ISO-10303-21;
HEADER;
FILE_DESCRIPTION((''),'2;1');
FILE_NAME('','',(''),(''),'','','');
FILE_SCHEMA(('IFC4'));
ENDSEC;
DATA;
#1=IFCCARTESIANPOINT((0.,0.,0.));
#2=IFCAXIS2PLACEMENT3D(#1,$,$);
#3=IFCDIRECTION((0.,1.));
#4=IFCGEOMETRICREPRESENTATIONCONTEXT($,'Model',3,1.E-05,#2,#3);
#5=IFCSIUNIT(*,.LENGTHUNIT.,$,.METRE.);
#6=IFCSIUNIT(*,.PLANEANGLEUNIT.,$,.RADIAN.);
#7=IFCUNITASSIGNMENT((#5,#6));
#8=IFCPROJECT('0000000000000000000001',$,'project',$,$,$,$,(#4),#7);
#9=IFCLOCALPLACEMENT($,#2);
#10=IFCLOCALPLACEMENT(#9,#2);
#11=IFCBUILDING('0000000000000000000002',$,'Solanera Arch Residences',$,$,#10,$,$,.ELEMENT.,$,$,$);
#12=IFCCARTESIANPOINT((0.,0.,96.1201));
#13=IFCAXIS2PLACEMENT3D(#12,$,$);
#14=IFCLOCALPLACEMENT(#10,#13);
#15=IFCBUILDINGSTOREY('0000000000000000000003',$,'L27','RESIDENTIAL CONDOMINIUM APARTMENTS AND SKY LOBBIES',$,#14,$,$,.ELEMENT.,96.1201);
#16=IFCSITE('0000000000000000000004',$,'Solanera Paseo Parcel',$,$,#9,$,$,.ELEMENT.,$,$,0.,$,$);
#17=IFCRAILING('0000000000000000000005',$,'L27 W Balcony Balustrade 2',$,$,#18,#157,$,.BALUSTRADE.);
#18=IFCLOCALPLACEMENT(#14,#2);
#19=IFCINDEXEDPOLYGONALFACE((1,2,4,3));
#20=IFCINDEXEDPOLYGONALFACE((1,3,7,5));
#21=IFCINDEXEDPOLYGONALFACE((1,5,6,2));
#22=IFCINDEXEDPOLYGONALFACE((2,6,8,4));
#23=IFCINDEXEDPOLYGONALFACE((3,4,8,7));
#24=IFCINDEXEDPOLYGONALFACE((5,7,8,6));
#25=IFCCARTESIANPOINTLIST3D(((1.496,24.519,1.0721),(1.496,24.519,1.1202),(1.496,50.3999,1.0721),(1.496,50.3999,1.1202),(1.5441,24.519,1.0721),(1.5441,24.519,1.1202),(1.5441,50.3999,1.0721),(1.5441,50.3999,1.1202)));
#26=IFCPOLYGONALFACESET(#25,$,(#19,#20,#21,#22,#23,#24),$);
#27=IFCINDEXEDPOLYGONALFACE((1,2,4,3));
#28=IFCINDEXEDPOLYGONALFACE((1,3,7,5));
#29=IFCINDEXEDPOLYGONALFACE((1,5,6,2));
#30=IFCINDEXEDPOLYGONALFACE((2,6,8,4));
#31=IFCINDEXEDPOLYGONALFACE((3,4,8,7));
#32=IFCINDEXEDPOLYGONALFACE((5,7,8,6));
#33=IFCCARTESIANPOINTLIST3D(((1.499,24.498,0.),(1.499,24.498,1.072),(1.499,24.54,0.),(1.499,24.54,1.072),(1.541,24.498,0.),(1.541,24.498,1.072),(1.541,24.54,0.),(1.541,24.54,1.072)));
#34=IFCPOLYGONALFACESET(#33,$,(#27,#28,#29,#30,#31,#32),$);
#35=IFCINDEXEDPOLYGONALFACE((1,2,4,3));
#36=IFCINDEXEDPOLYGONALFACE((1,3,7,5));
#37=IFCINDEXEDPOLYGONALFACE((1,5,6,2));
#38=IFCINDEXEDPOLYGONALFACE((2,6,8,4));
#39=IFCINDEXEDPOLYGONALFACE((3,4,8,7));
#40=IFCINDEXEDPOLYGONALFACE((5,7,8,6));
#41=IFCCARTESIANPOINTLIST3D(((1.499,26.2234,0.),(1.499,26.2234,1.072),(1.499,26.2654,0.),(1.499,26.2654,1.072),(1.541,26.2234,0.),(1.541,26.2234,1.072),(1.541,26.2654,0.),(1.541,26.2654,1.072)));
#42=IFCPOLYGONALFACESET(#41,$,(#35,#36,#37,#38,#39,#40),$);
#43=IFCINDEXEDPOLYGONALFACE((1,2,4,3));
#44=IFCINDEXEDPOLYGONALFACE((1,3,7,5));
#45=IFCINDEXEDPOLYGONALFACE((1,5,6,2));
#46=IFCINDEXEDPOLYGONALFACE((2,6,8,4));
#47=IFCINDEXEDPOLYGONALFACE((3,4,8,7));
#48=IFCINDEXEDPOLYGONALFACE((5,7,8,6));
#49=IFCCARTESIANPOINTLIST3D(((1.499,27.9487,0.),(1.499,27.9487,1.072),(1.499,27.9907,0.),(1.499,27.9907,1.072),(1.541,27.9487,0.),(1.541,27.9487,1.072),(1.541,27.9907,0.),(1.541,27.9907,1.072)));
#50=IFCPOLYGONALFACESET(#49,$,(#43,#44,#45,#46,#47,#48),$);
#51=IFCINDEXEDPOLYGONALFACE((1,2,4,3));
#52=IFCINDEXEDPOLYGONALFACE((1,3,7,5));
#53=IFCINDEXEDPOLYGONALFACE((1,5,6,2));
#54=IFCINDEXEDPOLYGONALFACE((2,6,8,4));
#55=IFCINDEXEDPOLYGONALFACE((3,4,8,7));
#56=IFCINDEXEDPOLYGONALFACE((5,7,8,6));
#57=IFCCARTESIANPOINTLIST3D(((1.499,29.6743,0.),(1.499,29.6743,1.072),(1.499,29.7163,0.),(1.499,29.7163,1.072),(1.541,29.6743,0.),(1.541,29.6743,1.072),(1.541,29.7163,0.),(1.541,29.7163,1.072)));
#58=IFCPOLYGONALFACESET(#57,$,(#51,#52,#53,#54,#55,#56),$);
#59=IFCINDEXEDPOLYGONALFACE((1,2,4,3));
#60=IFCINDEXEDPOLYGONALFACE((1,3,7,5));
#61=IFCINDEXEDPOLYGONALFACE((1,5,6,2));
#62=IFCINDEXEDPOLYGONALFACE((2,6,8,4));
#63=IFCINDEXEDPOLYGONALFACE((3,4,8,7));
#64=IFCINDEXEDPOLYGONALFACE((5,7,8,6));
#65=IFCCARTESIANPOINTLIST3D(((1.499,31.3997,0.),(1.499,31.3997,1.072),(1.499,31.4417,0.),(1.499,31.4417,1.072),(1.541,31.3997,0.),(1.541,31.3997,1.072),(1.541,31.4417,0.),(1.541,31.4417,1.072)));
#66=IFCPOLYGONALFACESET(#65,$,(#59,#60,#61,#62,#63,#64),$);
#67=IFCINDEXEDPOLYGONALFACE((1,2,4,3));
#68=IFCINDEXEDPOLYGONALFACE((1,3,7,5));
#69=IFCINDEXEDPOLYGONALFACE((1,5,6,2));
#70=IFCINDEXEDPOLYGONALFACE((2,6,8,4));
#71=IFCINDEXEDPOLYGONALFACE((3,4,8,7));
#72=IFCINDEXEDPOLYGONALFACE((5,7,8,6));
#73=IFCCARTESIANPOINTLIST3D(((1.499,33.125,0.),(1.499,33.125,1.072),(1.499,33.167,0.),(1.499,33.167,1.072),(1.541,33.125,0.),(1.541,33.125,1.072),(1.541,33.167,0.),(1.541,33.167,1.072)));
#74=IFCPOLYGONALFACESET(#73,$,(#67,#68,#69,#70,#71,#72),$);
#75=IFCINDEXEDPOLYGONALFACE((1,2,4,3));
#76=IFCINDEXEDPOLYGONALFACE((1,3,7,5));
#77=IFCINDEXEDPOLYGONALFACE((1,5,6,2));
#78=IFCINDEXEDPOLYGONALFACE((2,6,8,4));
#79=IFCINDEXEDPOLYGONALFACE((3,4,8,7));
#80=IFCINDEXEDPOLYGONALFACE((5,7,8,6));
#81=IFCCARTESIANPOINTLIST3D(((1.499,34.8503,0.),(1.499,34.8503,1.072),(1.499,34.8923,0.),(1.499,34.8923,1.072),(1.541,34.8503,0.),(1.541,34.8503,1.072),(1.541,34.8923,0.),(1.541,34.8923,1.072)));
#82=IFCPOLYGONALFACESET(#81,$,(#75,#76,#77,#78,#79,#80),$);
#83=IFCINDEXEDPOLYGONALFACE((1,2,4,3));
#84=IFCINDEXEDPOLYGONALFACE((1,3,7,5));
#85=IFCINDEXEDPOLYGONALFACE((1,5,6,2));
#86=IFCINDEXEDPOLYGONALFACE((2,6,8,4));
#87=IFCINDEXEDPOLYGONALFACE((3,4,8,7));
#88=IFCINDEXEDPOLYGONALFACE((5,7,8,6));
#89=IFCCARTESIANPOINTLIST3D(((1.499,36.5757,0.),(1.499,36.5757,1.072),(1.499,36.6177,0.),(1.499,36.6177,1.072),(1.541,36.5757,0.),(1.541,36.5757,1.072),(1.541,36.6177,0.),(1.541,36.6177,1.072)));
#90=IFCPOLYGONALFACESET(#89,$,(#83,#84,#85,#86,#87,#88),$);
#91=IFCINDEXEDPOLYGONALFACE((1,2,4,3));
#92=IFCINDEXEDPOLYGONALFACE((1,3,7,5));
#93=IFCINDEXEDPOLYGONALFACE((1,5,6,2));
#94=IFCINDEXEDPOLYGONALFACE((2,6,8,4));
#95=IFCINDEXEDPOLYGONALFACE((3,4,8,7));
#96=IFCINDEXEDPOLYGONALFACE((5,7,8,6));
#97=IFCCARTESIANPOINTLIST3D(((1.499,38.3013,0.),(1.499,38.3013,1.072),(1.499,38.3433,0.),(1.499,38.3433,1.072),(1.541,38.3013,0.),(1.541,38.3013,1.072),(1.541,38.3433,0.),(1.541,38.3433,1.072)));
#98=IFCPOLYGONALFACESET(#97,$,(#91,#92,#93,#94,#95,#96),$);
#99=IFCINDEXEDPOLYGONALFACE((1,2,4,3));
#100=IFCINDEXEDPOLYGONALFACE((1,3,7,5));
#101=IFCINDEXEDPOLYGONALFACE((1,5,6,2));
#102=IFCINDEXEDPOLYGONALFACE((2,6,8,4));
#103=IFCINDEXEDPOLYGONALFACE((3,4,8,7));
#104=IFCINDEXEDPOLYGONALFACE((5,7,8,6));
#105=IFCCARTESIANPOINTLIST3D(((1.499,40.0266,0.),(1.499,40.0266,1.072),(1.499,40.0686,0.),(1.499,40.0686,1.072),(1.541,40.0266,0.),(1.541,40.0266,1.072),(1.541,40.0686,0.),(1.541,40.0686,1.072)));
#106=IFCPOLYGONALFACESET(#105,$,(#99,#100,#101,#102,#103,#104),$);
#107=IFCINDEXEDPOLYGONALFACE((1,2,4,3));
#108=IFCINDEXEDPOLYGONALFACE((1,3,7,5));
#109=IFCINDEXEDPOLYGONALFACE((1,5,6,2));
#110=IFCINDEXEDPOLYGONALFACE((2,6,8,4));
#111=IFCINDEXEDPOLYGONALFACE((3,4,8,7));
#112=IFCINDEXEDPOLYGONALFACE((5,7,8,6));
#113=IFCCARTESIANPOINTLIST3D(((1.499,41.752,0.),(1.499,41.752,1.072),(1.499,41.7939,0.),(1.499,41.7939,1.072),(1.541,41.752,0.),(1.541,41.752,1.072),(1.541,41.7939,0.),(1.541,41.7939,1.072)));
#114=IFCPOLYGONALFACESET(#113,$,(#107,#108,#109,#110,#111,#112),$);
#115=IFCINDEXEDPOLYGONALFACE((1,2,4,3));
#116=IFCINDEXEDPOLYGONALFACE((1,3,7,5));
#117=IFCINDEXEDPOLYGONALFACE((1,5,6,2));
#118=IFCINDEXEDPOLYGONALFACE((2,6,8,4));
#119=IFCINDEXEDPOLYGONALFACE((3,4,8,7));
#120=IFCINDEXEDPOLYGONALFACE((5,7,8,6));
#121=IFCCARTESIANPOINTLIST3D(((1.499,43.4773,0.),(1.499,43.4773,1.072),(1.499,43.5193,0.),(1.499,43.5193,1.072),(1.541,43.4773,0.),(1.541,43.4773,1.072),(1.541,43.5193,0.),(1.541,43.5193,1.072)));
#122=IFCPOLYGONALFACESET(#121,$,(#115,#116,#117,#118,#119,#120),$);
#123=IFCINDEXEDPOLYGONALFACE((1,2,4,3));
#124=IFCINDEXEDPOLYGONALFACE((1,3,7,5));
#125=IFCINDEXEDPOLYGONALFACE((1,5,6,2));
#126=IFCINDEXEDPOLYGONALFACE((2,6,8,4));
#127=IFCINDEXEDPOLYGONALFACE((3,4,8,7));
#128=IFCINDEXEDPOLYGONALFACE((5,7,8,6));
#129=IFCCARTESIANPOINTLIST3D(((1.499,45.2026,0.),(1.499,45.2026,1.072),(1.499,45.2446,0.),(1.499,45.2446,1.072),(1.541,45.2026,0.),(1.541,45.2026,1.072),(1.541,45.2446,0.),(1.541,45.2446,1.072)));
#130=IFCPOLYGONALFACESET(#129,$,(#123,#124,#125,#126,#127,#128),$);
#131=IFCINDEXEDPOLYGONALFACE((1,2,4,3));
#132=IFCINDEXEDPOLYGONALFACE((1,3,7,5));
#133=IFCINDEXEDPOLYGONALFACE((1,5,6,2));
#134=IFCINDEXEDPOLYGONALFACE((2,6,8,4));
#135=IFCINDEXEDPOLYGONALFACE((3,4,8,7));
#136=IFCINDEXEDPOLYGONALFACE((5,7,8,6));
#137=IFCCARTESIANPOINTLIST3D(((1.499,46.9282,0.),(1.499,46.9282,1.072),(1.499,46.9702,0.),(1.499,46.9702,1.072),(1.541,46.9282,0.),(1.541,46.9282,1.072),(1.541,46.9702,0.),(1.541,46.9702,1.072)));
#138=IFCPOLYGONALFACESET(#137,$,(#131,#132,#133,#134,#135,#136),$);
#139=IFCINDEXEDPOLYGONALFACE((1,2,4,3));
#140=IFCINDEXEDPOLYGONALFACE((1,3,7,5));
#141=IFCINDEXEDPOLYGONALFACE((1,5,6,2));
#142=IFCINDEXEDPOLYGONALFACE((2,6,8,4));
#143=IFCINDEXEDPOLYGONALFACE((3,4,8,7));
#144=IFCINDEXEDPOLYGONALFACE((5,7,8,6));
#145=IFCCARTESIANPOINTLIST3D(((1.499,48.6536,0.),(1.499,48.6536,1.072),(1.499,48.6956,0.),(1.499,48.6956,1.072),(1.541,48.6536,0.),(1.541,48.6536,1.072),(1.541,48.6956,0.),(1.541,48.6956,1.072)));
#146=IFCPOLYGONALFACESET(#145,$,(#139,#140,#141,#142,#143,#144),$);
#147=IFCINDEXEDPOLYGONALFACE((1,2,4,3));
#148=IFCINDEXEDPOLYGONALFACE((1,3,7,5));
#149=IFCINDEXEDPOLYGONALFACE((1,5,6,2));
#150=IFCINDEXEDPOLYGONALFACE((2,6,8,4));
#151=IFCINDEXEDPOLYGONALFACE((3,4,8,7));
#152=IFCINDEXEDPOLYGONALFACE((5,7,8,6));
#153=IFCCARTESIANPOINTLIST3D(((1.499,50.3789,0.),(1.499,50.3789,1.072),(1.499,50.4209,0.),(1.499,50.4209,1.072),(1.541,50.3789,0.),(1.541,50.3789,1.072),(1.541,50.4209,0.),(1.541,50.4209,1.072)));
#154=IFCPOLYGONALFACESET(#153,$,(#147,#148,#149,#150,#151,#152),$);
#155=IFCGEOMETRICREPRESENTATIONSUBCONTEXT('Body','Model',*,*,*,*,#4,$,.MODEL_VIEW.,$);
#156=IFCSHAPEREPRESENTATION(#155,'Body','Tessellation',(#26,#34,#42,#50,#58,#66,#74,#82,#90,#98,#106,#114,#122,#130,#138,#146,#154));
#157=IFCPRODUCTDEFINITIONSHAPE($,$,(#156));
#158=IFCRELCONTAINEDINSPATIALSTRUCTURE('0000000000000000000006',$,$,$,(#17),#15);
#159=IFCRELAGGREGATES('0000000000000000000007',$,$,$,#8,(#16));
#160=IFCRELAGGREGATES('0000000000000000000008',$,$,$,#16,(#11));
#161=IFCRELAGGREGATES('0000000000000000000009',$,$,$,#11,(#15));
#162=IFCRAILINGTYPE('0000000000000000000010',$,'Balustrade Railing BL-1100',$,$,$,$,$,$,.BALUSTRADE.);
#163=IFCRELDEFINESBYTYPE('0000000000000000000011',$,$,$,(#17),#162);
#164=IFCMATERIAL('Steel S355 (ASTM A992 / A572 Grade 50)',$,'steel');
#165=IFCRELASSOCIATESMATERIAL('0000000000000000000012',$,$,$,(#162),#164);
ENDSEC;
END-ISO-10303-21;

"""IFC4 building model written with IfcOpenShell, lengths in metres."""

from ifc_helpers import new_model, si_unit, direction, frame, origin, origin_2d, place, context, subcontext, project, spatial, rectangle, extrude, material, type_object, element, save


model = new_model("IFC4")

# Units and contexts
model_context = context("Model", 3, precision=1e-05, world=origin(), true_north=direction((0.0, 1.0)))
body_context = subcontext(model_context, "Body", "Model", "MODEL_VIEW")
ifc_project = project(units=[si_unit("LENGTHUNIT", "METRE"), si_unit("PLANEANGLEUNIT", "RADIAN")], contexts=[model_context])

# Site, building, storey
site_placement = place(None, origin())
site = spatial("IfcSite", under=ifc_project, at=site_placement, Name="Solanera Paseo Parcel", CompositionType="ELEMENT", RefElevation=0.0)
building_placement = place(site_placement, origin())
building = spatial("IfcBuilding", under=site, at=building_placement, Name="Solanera Arch Residences", CompositionType="ELEMENT")
storey_placement = place(building_placement, frame((0.0, 0.0, 96.1201)))
storey = spatial("IfcBuildingStorey", under=building, at=storey_placement, Name="L27", Description="RESIDENTIAL CONDOMINIUM APARTMENTS AND SKY LOBBIES", CompositionType="ELEMENT", Elevation=96.1201)

# Railing
ifc_material_1 = material(Name="Steel S355 (ASTM A992 / A572 Grade 50)", Category="steel")
railing_type = type_object("IfcRailingType", Name="Balustrade Railing BL-1100", PredefinedType="BALUSTRADE", material=ifc_material_1)
railing_placement = place(storey_placement, frame((1.52, 24.519, 0.0)))
element("IfcRailing", 1, at=railing_placement, inside=storey, type_object=railing_type, Name="L27 W Balcony Balustrade 2", PredefinedType="BALUSTRADE", context=body_context, shape_type="SweptSolid", body=[
    extrude(rectangle(XDim=0.0481, YDim=0.0481, at=origin_2d()), frame((0.0, 0.0, 1.0962), z_axis=(0.0, 1.0, 0.0), x_axis=(-1.0, 0.0, 0.0)), (0.0, 0.0, 1.0), 25.8809),
    extrude(rectangle(XDim=0.042, YDim=0.042, at=origin_2d()), origin(), (0.0, 0.0, 1.0), 1.072),
    extrude(rectangle(XDim=0.042, YDim=0.042, at=origin_2d()), frame((0.0, 1.7253, 0.0)), (0.0, 0.0, 1.0), 1.072),
    extrude(rectangle(XDim=0.042, YDim=0.042, at=origin_2d()), frame((0.0, 3.4507, 0.0)), (0.0, 0.0, 1.0), 1.072),
    extrude(rectangle(XDim=0.042, YDim=0.042, at=origin_2d()), frame((0.0, 5.1763, 0.0)), (0.0, 0.0, 1.0), 1.072),
    extrude(rectangle(XDim=0.042, YDim=0.042, at=origin_2d()), frame((0.0, 6.9016, 0.0)), (0.0, 0.0, 1.0), 1.072),
    extrude(rectangle(XDim=0.042, YDim=0.042, at=origin_2d()), frame((0.0, 8.627, 0.0)), (0.0, 0.0, 1.0), 1.072),
    extrude(rectangle(XDim=0.042, YDim=0.042, at=origin_2d()), frame((0.0, 10.3523, 0.0)), (0.0, 0.0, 1.0), 1.072),
    extrude(rectangle(XDim=0.042, YDim=0.042, at=origin_2d()), frame((0.0, 12.0776, 0.0)), (0.0, 0.0, 1.0), 1.072),
    extrude(rectangle(XDim=0.042, YDim=0.042, at=origin_2d()), frame((0.0, 13.8032, 0.0)), (0.0, 0.0, 1.0), 1.072),
    extrude(rectangle(XDim=0.042, YDim=0.042, at=origin_2d()), frame((0.0, 15.5286, 0.0)), (0.0, 0.0, 1.0), 1.072),
    extrude(rectangle(XDim=0.042, YDim=0.042, at=origin_2d()), frame((0.0, 17.2539, 0.0)), (0.0, 0.0, 1.0), 1.072),
    extrude(rectangle(XDim=0.042, YDim=0.042, at=origin_2d()), frame((0.0, 18.9792, 0.0)), (0.0, 0.0, 1.0), 1.072),
    extrude(rectangle(XDim=0.042, YDim=0.042, at=origin_2d()), frame((0.0, 20.7046, 0.0)), (0.0, 0.0, 1.0), 1.072),
    extrude(rectangle(XDim=0.042, YDim=0.042, at=origin_2d()), frame((0.0, 22.4302, 0.0)), (0.0, 0.0, 1.0), 1.072),
    extrude(rectangle(XDim=0.042, YDim=0.042, at=origin_2d()), frame((0.0, 24.1555, 0.0)), (0.0, 0.0, 1.0), 1.072),
    extrude(rectangle(XDim=0.042, YDim=0.042, at=origin_2d()), frame((0.0, 25.8809, 0.0)), (0.0, 0.0, 1.0), 1.072),
])

save(model, "model.ifc")
